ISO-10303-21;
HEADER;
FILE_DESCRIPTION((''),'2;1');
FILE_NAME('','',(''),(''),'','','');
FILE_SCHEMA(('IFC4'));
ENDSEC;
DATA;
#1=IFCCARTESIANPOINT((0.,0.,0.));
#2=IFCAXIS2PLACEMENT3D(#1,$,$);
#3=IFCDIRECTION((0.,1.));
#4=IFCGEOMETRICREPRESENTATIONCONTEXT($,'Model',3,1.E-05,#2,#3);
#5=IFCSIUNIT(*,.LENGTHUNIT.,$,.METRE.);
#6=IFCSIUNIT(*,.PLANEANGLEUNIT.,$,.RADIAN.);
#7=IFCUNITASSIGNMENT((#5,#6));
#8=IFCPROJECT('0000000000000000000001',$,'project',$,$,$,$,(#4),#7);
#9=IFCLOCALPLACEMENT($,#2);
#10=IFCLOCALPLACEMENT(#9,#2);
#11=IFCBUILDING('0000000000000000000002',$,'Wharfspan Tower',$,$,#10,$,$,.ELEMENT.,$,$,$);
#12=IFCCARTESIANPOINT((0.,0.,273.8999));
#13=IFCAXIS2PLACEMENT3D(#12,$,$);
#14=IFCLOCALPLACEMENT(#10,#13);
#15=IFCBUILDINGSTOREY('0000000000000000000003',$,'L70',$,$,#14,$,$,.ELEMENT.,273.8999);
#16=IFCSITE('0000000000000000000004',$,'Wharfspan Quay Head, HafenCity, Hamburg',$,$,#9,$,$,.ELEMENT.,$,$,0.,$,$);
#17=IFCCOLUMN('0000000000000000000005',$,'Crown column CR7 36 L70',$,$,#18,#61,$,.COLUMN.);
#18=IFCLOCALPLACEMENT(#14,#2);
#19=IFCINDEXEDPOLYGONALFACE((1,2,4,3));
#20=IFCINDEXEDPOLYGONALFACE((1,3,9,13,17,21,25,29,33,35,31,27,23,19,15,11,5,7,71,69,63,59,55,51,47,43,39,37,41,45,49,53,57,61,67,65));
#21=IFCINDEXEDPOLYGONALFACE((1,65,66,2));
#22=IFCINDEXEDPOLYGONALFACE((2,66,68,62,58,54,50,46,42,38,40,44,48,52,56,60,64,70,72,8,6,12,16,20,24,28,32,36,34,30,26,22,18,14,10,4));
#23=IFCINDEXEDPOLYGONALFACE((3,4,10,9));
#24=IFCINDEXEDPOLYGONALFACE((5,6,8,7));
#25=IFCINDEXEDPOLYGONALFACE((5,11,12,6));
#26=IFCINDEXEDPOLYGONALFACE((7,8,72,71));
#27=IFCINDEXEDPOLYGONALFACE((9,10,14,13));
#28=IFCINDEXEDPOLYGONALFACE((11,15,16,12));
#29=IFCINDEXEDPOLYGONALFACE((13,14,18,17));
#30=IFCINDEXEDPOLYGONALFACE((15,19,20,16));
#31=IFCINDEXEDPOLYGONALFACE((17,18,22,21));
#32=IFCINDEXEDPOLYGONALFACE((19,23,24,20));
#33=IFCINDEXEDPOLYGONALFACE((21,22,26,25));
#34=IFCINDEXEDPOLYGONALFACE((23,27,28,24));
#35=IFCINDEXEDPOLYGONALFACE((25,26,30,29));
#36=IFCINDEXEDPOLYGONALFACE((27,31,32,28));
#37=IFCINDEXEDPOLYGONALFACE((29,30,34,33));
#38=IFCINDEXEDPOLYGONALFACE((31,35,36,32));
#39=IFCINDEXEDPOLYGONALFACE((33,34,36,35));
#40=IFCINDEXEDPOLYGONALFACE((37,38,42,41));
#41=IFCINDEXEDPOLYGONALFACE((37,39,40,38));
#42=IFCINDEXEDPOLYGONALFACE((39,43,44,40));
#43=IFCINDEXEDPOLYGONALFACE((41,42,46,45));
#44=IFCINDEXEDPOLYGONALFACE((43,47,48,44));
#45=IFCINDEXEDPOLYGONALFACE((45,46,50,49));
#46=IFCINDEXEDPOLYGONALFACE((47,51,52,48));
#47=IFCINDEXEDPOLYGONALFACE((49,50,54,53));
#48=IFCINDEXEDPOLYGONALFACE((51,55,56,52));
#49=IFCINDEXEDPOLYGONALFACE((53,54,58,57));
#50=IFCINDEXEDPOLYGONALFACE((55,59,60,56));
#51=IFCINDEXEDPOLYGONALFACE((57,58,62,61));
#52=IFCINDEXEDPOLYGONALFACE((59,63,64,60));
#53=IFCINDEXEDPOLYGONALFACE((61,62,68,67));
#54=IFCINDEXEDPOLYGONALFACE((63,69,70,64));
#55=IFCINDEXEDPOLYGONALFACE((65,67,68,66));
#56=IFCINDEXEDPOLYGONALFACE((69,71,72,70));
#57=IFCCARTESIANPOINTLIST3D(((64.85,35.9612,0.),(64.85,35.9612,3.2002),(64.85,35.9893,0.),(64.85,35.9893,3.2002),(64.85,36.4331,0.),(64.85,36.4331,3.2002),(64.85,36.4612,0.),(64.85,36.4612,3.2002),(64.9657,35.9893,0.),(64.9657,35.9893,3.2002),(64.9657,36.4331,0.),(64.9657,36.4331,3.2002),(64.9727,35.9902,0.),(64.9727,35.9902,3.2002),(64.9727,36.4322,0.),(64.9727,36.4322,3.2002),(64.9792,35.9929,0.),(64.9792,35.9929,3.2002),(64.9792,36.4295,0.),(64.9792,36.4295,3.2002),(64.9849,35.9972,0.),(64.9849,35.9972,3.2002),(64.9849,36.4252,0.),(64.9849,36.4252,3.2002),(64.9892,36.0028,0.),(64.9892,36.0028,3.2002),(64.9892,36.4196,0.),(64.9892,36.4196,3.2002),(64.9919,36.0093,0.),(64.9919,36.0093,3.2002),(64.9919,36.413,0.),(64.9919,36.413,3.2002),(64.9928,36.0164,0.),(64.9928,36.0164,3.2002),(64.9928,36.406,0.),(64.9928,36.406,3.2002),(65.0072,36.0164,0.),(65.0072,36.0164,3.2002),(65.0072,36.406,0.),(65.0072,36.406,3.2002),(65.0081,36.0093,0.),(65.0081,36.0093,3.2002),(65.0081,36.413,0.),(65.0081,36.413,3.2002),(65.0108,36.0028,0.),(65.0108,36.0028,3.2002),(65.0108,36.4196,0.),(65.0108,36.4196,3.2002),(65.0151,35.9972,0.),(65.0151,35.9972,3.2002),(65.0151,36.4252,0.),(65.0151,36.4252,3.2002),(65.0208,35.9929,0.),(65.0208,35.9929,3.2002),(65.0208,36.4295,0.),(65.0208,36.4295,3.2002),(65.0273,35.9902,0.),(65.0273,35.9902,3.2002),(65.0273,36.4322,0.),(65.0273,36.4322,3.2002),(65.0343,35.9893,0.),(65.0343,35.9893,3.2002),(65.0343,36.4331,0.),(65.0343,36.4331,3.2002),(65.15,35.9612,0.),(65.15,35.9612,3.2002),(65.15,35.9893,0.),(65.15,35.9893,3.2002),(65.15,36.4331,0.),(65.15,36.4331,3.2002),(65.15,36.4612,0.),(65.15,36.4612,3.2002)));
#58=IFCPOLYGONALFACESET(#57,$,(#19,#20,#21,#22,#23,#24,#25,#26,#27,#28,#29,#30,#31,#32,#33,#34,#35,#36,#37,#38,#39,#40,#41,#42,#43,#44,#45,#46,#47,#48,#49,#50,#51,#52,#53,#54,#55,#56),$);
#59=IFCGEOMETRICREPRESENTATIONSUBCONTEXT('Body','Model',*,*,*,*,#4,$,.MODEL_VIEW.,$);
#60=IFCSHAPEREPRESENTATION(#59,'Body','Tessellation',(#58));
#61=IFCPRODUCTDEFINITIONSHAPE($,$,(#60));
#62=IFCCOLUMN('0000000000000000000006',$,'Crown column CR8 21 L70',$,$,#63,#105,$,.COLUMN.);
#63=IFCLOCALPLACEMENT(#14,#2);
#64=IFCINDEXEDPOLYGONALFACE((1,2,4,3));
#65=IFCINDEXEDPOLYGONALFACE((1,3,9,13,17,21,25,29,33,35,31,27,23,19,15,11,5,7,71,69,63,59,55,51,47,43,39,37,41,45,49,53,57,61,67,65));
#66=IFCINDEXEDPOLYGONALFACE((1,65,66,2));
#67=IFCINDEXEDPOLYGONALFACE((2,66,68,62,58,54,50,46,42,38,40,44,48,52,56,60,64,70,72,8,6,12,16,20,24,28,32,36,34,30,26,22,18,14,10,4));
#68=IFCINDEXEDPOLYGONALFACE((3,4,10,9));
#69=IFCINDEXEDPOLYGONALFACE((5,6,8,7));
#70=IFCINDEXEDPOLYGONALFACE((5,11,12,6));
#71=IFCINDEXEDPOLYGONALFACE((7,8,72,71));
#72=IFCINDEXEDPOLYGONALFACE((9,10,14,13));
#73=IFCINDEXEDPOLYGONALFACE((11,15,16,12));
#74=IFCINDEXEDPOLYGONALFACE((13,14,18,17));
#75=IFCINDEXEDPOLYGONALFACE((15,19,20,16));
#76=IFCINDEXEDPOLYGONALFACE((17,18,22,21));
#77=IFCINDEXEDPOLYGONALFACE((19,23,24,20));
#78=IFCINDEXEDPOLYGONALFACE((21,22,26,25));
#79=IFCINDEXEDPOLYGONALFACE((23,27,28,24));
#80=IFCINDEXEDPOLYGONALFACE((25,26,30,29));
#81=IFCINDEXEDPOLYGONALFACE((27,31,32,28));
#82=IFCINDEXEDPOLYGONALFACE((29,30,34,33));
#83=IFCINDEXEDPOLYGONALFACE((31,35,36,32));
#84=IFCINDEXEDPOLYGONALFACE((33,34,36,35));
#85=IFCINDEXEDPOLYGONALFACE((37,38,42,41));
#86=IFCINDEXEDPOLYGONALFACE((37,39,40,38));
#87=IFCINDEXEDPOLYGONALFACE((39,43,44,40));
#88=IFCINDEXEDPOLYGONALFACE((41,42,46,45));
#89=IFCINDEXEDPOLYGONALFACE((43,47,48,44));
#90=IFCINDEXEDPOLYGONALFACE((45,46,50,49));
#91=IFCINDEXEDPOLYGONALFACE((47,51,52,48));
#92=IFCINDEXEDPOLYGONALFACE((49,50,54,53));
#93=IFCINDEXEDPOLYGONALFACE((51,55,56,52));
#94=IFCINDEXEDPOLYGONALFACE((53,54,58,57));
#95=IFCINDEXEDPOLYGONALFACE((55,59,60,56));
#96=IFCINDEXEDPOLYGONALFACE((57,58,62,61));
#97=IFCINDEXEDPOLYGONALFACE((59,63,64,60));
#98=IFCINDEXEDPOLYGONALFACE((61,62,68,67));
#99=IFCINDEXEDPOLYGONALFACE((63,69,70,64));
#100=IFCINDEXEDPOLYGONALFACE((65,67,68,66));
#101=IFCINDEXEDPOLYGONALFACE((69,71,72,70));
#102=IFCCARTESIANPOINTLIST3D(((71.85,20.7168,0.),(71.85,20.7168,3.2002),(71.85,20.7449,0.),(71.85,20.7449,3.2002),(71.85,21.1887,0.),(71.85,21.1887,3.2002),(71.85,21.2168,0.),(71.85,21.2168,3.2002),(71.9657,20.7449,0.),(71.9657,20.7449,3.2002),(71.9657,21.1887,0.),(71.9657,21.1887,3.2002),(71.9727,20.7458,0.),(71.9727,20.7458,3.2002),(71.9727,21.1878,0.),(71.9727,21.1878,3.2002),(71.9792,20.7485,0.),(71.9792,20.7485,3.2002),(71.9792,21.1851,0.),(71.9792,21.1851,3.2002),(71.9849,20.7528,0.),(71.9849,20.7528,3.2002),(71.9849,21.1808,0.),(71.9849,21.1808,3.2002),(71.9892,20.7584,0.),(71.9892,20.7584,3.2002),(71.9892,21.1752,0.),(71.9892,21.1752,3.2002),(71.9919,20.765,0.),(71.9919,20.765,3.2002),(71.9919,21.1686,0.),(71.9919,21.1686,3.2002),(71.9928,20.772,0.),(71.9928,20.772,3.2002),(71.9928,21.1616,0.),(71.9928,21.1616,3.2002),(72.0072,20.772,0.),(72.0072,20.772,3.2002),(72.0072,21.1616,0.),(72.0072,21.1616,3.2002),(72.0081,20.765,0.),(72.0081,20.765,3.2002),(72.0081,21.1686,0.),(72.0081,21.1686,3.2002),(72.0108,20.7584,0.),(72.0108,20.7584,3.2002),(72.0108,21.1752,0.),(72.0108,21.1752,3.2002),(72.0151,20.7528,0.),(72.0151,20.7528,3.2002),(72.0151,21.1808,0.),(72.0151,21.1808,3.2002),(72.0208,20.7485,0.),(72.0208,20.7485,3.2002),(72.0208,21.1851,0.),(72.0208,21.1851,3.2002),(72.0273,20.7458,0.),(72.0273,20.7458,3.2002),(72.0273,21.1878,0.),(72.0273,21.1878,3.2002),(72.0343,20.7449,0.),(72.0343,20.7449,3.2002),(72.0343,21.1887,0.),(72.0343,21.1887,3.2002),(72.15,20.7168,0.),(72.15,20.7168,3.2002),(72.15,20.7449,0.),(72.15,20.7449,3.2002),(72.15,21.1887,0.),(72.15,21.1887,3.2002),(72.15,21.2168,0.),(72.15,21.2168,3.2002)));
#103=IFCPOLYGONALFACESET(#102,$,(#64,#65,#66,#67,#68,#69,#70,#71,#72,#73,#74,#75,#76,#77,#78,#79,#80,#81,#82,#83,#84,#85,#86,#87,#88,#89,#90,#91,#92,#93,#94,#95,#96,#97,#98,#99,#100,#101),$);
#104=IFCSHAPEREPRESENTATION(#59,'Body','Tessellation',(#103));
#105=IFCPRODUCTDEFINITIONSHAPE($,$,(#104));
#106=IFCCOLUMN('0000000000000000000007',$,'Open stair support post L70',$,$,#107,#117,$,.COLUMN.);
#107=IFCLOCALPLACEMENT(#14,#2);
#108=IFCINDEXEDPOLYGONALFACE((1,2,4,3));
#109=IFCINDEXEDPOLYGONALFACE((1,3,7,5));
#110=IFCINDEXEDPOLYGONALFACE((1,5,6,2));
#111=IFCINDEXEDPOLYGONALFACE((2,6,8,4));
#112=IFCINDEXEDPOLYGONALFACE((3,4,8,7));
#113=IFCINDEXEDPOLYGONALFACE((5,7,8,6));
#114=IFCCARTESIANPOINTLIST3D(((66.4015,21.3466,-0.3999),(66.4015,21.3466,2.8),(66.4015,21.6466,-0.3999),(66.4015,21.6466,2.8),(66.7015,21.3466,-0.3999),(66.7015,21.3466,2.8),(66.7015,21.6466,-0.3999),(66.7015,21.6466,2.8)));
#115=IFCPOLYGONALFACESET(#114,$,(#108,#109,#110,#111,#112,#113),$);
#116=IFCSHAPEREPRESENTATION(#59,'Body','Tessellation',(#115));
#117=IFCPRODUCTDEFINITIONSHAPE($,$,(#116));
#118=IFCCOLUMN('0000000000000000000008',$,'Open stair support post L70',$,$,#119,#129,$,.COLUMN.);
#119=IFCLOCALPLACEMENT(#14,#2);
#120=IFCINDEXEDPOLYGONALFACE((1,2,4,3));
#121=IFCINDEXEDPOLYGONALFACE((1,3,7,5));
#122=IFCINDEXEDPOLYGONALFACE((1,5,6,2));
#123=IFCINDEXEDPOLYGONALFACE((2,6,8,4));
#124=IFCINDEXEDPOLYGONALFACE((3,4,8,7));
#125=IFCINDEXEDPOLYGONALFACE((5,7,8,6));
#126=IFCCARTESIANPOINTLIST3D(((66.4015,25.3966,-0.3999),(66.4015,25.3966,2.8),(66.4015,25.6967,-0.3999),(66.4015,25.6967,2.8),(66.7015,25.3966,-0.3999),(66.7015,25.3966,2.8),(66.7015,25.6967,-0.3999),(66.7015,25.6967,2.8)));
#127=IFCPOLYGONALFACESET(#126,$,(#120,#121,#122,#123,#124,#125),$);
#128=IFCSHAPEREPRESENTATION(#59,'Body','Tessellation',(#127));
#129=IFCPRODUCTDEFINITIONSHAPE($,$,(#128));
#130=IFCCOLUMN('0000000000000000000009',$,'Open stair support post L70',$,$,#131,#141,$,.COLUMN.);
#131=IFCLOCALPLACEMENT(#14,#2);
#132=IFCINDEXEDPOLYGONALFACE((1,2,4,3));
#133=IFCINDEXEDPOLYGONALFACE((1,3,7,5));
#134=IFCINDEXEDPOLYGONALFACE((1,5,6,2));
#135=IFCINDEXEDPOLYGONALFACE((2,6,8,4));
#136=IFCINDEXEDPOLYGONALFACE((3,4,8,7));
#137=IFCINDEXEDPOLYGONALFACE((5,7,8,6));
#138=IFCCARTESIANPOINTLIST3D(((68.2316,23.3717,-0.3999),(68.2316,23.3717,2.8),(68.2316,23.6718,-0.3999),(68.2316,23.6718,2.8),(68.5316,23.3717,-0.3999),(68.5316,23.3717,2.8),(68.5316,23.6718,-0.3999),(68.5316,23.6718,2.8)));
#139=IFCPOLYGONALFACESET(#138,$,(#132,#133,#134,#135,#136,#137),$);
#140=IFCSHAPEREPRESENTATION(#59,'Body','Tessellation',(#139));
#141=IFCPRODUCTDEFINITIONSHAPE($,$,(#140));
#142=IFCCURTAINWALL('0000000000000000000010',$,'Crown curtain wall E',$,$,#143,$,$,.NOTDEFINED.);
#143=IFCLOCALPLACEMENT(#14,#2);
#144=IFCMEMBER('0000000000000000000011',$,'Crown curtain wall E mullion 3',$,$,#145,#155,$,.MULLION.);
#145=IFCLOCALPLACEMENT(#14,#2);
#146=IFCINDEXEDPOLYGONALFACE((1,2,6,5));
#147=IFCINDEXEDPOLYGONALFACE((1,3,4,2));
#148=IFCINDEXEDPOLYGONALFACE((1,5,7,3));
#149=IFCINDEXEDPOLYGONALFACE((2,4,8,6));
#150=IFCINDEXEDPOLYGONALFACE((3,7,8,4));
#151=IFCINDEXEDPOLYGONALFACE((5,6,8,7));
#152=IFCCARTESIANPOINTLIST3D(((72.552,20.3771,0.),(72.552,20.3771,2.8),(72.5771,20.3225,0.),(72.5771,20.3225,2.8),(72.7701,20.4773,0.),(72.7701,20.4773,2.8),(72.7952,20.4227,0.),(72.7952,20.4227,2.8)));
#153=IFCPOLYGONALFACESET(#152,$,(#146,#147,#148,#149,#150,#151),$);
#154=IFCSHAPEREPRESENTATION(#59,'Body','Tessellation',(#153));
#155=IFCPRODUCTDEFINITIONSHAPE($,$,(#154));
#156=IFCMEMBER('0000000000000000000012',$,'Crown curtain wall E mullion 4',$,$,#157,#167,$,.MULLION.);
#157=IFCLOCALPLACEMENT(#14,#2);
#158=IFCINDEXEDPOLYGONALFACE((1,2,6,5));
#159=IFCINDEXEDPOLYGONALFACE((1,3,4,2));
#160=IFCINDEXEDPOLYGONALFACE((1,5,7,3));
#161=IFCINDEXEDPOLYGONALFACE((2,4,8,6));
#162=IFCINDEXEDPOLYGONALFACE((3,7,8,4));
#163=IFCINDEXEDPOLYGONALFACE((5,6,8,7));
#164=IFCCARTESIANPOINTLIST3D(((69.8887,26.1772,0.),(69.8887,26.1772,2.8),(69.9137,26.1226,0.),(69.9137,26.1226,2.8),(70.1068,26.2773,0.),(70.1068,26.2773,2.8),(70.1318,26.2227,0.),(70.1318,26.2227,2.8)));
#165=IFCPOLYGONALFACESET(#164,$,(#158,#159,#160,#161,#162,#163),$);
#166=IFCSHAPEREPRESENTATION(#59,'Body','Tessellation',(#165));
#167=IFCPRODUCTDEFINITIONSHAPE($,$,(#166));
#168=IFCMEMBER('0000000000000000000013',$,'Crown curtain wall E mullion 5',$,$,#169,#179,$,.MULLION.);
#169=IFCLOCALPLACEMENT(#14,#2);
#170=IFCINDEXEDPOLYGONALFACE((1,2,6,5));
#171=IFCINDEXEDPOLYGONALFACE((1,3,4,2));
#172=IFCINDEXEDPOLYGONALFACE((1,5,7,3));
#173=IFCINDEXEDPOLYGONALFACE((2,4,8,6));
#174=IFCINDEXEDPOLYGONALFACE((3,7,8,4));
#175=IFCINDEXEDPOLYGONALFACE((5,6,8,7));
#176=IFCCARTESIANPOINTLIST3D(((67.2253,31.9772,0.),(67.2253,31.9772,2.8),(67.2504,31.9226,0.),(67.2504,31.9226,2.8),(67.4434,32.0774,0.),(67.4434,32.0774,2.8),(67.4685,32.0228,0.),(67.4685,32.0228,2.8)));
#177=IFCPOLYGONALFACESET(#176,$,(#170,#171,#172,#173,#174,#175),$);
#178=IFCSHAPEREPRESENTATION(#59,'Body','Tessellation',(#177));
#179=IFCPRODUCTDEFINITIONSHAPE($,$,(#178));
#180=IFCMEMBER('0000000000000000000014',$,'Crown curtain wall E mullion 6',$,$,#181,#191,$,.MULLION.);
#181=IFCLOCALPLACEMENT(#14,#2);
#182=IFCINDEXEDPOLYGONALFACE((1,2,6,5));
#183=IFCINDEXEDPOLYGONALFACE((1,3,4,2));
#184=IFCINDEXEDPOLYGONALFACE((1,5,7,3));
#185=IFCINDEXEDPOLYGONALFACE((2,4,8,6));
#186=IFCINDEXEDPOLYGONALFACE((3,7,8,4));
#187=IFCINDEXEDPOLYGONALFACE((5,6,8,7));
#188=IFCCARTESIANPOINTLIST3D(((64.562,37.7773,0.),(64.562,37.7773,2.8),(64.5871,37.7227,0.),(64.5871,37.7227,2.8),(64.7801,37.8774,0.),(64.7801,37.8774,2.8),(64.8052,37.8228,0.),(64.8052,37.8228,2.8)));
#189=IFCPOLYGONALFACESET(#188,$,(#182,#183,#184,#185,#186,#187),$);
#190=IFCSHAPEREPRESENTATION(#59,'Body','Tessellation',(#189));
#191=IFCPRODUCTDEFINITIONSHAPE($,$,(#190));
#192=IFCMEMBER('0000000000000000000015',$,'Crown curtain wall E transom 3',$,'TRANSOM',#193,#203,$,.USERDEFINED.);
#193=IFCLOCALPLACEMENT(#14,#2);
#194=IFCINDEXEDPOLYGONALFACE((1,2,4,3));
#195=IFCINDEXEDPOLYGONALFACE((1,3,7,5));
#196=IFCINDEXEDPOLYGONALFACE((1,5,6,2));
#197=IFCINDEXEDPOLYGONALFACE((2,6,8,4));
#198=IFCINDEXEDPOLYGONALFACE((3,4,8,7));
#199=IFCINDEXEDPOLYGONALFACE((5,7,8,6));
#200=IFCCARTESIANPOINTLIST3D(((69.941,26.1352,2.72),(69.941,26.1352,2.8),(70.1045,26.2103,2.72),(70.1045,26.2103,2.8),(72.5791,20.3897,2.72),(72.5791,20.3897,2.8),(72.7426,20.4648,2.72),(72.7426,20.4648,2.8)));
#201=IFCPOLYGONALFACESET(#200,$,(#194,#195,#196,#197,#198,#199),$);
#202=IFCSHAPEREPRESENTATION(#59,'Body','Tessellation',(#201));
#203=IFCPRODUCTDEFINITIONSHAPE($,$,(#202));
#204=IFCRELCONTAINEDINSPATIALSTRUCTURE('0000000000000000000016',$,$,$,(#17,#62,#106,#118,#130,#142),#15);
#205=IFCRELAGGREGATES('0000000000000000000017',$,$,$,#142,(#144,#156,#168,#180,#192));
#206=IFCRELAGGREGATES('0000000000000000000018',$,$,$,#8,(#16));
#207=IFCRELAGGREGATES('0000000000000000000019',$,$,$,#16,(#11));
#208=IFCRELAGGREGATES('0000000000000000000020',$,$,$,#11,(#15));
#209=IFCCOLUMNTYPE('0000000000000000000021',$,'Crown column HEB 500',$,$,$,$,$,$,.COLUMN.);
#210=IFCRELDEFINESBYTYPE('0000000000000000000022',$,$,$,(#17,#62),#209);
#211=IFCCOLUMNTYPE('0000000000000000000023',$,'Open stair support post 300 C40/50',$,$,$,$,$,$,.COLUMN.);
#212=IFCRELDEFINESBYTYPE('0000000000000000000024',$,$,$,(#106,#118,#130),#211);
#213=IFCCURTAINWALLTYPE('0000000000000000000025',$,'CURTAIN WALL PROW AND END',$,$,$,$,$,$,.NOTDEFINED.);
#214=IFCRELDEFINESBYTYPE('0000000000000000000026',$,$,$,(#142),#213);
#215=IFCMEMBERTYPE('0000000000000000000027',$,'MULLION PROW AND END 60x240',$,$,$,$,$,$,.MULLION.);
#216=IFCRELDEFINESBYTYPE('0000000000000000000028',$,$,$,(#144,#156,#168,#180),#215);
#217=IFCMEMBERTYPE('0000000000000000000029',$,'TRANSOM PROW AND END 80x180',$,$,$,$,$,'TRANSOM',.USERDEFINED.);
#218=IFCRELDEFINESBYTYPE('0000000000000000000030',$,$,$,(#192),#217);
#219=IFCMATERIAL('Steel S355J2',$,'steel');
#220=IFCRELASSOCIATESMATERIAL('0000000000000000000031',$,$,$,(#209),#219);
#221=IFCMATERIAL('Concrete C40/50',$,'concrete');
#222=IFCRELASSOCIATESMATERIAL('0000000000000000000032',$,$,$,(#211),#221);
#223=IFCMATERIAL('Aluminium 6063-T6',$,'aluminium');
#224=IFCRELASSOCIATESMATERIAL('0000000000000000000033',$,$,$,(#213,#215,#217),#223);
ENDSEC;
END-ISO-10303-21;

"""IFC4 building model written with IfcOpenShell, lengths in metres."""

from ifc_helpers import new_model, si_unit, direction, frame, origin, origin_2d, place, context, subcontext, project, spatial, rectangle, i_section, extrude, material, material_profile, profile_set, type_object, element, aggregate, save


model = new_model("IFC4")

# Units and contexts
model_context = context("Model", 3, precision=1e-05, world=origin(), true_north=direction((0.0, 1.0)))
body_context = subcontext(model_context, "Body", "Model", "MODEL_VIEW")
ifc_project = project(units=[si_unit("LENGTHUNIT", "METRE"), si_unit("PLANEANGLEUNIT", "RADIAN")], contexts=[model_context])

# Site, building, storey
site_placement = place(None, origin())
site = spatial("IfcSite", under=ifc_project, at=site_placement, Name="Wharfspan Quay Head, HafenCity, Hamburg", CompositionType="ELEMENT", RefElevation=0.0)
building_placement = place(site_placement, origin())
building = spatial("IfcBuilding", under=site, at=building_placement, Name="Wharfspan Tower", CompositionType="ELEMENT")
storey_placement = place(building_placement, frame((0.0, 0.0, 273.8999)))
storey = spatial("IfcBuildingStorey", under=building, at=storey_placement, Name="L70", CompositionType="ELEMENT", Elevation=273.8999)

# Columns
ifc_material_1 = material(Name="Steel S355J2", Category="steel")
ifc_material_profile_1 = material_profile(ifc_material_1, i_section(OverallWidth=0.3, OverallDepth=0.5, WebThickness=0.0144, FlangeThickness=0.0281, FilletRadius=0.0271, at=origin_2d()))
ifc_profile_set_1 = profile_set([ifc_material_profile_1], Name="Steel S355J2")
column_type_1 = type_object("IfcColumnType", Name="Crown column HEB 500", PredefinedType="COLUMN", material=ifc_profile_set_1)
for number, where, z_axis, x_axis, name in (
    (1, (65.0, 36.2112, 0.0), (0.0, 0.0, 1.0), (1.0, 0.0, 0.0), "Crown column CR7 36 L70"),
    (2, (72.0, 20.9668, 0.0), (0.0, 0.0, 1.0), (1.0, 0.0, 0.0), "Crown column CR8 21 L70"),
):
    element("IfcColumn", number, at=place(storey_placement, frame(where, z_axis=z_axis, x_axis=x_axis)), inside=storey, type_object=column_type_1, Name=name, PredefinedType="COLUMN", context=body_context, shape_type="SweptSolid", body=[
        extrude(i_section(OverallWidth=0.3, OverallDepth=0.5, WebThickness=0.0144, FlangeThickness=0.0281, FilletRadius=0.0271, at=origin_2d()), origin(), (0.0, 0.0, 1.0), 3.2002),
    ])
ifc_material_2 = material(Name="Concrete C40/50", Category="concrete")
ifc_material_profile_2 = material_profile(ifc_material_2, rectangle(XDim=0.3, YDim=0.3, at=origin_2d()))
ifc_profile_set_2 = profile_set([ifc_material_profile_2], Name="Concrete C40/50")
column_type_2 = type_object("IfcColumnType", Name="Open stair support post 300 C40/50", PredefinedType="COLUMN", material=ifc_profile_set_2)
for number, where, z_axis, x_axis, name in (
    (3, (66.5515, 21.4966, -0.3999), (0.0, 0.0, 1.0), (1.0, 0.0, 0.0), "Open stair support post L70"),
    (4, (66.5515, 25.5466, -0.3999), (0.0, 0.0, 1.0), (1.0, 0.0, 0.0), "Open stair support post L70"),
    (5, (68.3816, 23.5217, -0.3999), (0.0, 0.0, 1.0), (1.0, 0.0, 0.0), "Open stair support post L70"),
):
    element("IfcColumn", number, at=place(storey_placement, frame(where, z_axis=z_axis, x_axis=x_axis)), inside=storey, type_object=column_type_2, Name=name, PredefinedType="COLUMN", context=body_context, shape_type="SweptSolid", body=[
        extrude(rectangle(XDim=0.3, YDim=0.3, at=origin_2d()), origin(), (0.0, 0.0, 1.0), 3.2),
    ])

# Curtain wall, members
ifc_material_3 = material(Name="Aluminium 6063-T6", Category="aluminium")
curtain_wall_type = type_object("IfcCurtainWallType", Name="CURTAIN WALL PROW AND END", PredefinedType="NOTDEFINED", material=ifc_material_3)
curtain_wall_placement = place(storey_placement, origin())
curtain_wall = element("IfcCurtainWall", 6, at=curtain_wall_placement, inside=storey, type_object=curtain_wall_type, Name="Crown curtain wall E", PredefinedType="NOTDEFINED")
ifc_material_profile_3 = material_profile(ifc_material_3, rectangle(XDim=0.24, YDim=0.0601, at=origin_2d()))
ifc_profile_set_3 = profile_set([ifc_material_profile_3], Name="Aluminium 6063-T6")
member_type_1 = type_object("IfcMemberType", Name="MULLION PROW AND END 60x240", PredefinedType="MULLION", material=ifc_profile_set_3)
member_1_placement = place(storey_placement, frame((72.6736, 20.3999, 0.0), z_axis=(0.0, 0.0, 1.0), x_axis=(-0.908769, -0.417292, 0.0)))
member_1 = element("IfcMember", 7, at=member_1_placement, type_object=member_type_1, Name="Crown curtain wall E mullion 3", PredefinedType="MULLION", context=body_context, shape_type="SweptSolid", body=[
    extrude(rectangle(XDim=0.24, YDim=0.0601, at=origin_2d()), origin(), (0.0, 0.0, 1.0), 2.8),
])
member_2_placement = place(storey_placement, frame((70.0103, 26.2, 0.0), z_axis=(0.0, 0.0, 1.0), x_axis=(-0.908769, -0.417292, 0.0)))
member_2 = element("IfcMember", 8, at=member_2_placement, type_object=member_type_1, Name="Crown curtain wall E mullion 4", PredefinedType="MULLION", context=body_context, shape_type="SweptSolid", body=[
    extrude(rectangle(XDim=0.24, YDim=0.0601, at=origin_2d()), origin(), (0.0, 0.0, 1.0), 2.8),
])
member_3_placement = place(storey_placement, frame((67.3469, 32.0, 0.0), z_axis=(0.0, 0.0, 1.0), x_axis=(-0.908769, -0.417292, 0.0)))
member_3 = element("IfcMember", 9, at=member_3_placement, type_object=member_type_1, Name="Crown curtain wall E mullion 5", PredefinedType="MULLION", context=body_context, shape_type="SweptSolid", body=[
    extrude(rectangle(XDim=0.24, YDim=0.0601, at=origin_2d()), origin(), (0.0, 0.0, 1.0), 2.8),
])
member_4_placement = place(storey_placement, frame((64.6836, 37.8, 0.0), z_axis=(0.0, 0.0, 1.0), x_axis=(-0.908769, -0.417292, 0.0)))
member_4 = element("IfcMember", 10, at=member_4_placement, type_object=member_type_1, Name="Crown curtain wall E mullion 6", PredefinedType="MULLION", context=body_context, shape_type="SweptSolid", body=[
    extrude(rectangle(XDim=0.24, YDim=0.0601, at=origin_2d()), origin(), (0.0, 0.0, 1.0), 2.8),
])
ifc_material_profile_4 = material_profile(ifc_material_3, rectangle(XDim=0.1799, YDim=0.0801, at=origin_2d()))
ifc_profile_set_4 = profile_set([ifc_material_profile_4], Name="Aluminium 6063-T6")
member_type_2 = type_object("IfcMemberType", Name="TRANSOM PROW AND END 80x180", ElementType="TRANSOM", PredefinedType="USERDEFINED", material=ifc_profile_set_4)
member_5_placement = place(storey_placement, frame((72.6609, 20.4272, 2.76), z_axis=(-0.41728, 0.908778, 0.0), x_axis=(-0.908778, -0.41728, 0.0)))
member_5 = element("IfcMember", 11, at=member_5_placement, type_object=member_type_2, Name="Crown curtain wall E transom 3", ObjectType="TRANSOM", PredefinedType="USERDEFINED", context=body_context, shape_type="SweptSolid", body=[
    extrude(rectangle(XDim=0.1799, YDim=0.0801, at=origin_2d()), origin(), (0.0, 0.0, 1.0), 6.3223),
])
aggregate(curtain_wall, [member_1, member_2, member_3, member_4, member_5])

save(model, "model.ifc")
